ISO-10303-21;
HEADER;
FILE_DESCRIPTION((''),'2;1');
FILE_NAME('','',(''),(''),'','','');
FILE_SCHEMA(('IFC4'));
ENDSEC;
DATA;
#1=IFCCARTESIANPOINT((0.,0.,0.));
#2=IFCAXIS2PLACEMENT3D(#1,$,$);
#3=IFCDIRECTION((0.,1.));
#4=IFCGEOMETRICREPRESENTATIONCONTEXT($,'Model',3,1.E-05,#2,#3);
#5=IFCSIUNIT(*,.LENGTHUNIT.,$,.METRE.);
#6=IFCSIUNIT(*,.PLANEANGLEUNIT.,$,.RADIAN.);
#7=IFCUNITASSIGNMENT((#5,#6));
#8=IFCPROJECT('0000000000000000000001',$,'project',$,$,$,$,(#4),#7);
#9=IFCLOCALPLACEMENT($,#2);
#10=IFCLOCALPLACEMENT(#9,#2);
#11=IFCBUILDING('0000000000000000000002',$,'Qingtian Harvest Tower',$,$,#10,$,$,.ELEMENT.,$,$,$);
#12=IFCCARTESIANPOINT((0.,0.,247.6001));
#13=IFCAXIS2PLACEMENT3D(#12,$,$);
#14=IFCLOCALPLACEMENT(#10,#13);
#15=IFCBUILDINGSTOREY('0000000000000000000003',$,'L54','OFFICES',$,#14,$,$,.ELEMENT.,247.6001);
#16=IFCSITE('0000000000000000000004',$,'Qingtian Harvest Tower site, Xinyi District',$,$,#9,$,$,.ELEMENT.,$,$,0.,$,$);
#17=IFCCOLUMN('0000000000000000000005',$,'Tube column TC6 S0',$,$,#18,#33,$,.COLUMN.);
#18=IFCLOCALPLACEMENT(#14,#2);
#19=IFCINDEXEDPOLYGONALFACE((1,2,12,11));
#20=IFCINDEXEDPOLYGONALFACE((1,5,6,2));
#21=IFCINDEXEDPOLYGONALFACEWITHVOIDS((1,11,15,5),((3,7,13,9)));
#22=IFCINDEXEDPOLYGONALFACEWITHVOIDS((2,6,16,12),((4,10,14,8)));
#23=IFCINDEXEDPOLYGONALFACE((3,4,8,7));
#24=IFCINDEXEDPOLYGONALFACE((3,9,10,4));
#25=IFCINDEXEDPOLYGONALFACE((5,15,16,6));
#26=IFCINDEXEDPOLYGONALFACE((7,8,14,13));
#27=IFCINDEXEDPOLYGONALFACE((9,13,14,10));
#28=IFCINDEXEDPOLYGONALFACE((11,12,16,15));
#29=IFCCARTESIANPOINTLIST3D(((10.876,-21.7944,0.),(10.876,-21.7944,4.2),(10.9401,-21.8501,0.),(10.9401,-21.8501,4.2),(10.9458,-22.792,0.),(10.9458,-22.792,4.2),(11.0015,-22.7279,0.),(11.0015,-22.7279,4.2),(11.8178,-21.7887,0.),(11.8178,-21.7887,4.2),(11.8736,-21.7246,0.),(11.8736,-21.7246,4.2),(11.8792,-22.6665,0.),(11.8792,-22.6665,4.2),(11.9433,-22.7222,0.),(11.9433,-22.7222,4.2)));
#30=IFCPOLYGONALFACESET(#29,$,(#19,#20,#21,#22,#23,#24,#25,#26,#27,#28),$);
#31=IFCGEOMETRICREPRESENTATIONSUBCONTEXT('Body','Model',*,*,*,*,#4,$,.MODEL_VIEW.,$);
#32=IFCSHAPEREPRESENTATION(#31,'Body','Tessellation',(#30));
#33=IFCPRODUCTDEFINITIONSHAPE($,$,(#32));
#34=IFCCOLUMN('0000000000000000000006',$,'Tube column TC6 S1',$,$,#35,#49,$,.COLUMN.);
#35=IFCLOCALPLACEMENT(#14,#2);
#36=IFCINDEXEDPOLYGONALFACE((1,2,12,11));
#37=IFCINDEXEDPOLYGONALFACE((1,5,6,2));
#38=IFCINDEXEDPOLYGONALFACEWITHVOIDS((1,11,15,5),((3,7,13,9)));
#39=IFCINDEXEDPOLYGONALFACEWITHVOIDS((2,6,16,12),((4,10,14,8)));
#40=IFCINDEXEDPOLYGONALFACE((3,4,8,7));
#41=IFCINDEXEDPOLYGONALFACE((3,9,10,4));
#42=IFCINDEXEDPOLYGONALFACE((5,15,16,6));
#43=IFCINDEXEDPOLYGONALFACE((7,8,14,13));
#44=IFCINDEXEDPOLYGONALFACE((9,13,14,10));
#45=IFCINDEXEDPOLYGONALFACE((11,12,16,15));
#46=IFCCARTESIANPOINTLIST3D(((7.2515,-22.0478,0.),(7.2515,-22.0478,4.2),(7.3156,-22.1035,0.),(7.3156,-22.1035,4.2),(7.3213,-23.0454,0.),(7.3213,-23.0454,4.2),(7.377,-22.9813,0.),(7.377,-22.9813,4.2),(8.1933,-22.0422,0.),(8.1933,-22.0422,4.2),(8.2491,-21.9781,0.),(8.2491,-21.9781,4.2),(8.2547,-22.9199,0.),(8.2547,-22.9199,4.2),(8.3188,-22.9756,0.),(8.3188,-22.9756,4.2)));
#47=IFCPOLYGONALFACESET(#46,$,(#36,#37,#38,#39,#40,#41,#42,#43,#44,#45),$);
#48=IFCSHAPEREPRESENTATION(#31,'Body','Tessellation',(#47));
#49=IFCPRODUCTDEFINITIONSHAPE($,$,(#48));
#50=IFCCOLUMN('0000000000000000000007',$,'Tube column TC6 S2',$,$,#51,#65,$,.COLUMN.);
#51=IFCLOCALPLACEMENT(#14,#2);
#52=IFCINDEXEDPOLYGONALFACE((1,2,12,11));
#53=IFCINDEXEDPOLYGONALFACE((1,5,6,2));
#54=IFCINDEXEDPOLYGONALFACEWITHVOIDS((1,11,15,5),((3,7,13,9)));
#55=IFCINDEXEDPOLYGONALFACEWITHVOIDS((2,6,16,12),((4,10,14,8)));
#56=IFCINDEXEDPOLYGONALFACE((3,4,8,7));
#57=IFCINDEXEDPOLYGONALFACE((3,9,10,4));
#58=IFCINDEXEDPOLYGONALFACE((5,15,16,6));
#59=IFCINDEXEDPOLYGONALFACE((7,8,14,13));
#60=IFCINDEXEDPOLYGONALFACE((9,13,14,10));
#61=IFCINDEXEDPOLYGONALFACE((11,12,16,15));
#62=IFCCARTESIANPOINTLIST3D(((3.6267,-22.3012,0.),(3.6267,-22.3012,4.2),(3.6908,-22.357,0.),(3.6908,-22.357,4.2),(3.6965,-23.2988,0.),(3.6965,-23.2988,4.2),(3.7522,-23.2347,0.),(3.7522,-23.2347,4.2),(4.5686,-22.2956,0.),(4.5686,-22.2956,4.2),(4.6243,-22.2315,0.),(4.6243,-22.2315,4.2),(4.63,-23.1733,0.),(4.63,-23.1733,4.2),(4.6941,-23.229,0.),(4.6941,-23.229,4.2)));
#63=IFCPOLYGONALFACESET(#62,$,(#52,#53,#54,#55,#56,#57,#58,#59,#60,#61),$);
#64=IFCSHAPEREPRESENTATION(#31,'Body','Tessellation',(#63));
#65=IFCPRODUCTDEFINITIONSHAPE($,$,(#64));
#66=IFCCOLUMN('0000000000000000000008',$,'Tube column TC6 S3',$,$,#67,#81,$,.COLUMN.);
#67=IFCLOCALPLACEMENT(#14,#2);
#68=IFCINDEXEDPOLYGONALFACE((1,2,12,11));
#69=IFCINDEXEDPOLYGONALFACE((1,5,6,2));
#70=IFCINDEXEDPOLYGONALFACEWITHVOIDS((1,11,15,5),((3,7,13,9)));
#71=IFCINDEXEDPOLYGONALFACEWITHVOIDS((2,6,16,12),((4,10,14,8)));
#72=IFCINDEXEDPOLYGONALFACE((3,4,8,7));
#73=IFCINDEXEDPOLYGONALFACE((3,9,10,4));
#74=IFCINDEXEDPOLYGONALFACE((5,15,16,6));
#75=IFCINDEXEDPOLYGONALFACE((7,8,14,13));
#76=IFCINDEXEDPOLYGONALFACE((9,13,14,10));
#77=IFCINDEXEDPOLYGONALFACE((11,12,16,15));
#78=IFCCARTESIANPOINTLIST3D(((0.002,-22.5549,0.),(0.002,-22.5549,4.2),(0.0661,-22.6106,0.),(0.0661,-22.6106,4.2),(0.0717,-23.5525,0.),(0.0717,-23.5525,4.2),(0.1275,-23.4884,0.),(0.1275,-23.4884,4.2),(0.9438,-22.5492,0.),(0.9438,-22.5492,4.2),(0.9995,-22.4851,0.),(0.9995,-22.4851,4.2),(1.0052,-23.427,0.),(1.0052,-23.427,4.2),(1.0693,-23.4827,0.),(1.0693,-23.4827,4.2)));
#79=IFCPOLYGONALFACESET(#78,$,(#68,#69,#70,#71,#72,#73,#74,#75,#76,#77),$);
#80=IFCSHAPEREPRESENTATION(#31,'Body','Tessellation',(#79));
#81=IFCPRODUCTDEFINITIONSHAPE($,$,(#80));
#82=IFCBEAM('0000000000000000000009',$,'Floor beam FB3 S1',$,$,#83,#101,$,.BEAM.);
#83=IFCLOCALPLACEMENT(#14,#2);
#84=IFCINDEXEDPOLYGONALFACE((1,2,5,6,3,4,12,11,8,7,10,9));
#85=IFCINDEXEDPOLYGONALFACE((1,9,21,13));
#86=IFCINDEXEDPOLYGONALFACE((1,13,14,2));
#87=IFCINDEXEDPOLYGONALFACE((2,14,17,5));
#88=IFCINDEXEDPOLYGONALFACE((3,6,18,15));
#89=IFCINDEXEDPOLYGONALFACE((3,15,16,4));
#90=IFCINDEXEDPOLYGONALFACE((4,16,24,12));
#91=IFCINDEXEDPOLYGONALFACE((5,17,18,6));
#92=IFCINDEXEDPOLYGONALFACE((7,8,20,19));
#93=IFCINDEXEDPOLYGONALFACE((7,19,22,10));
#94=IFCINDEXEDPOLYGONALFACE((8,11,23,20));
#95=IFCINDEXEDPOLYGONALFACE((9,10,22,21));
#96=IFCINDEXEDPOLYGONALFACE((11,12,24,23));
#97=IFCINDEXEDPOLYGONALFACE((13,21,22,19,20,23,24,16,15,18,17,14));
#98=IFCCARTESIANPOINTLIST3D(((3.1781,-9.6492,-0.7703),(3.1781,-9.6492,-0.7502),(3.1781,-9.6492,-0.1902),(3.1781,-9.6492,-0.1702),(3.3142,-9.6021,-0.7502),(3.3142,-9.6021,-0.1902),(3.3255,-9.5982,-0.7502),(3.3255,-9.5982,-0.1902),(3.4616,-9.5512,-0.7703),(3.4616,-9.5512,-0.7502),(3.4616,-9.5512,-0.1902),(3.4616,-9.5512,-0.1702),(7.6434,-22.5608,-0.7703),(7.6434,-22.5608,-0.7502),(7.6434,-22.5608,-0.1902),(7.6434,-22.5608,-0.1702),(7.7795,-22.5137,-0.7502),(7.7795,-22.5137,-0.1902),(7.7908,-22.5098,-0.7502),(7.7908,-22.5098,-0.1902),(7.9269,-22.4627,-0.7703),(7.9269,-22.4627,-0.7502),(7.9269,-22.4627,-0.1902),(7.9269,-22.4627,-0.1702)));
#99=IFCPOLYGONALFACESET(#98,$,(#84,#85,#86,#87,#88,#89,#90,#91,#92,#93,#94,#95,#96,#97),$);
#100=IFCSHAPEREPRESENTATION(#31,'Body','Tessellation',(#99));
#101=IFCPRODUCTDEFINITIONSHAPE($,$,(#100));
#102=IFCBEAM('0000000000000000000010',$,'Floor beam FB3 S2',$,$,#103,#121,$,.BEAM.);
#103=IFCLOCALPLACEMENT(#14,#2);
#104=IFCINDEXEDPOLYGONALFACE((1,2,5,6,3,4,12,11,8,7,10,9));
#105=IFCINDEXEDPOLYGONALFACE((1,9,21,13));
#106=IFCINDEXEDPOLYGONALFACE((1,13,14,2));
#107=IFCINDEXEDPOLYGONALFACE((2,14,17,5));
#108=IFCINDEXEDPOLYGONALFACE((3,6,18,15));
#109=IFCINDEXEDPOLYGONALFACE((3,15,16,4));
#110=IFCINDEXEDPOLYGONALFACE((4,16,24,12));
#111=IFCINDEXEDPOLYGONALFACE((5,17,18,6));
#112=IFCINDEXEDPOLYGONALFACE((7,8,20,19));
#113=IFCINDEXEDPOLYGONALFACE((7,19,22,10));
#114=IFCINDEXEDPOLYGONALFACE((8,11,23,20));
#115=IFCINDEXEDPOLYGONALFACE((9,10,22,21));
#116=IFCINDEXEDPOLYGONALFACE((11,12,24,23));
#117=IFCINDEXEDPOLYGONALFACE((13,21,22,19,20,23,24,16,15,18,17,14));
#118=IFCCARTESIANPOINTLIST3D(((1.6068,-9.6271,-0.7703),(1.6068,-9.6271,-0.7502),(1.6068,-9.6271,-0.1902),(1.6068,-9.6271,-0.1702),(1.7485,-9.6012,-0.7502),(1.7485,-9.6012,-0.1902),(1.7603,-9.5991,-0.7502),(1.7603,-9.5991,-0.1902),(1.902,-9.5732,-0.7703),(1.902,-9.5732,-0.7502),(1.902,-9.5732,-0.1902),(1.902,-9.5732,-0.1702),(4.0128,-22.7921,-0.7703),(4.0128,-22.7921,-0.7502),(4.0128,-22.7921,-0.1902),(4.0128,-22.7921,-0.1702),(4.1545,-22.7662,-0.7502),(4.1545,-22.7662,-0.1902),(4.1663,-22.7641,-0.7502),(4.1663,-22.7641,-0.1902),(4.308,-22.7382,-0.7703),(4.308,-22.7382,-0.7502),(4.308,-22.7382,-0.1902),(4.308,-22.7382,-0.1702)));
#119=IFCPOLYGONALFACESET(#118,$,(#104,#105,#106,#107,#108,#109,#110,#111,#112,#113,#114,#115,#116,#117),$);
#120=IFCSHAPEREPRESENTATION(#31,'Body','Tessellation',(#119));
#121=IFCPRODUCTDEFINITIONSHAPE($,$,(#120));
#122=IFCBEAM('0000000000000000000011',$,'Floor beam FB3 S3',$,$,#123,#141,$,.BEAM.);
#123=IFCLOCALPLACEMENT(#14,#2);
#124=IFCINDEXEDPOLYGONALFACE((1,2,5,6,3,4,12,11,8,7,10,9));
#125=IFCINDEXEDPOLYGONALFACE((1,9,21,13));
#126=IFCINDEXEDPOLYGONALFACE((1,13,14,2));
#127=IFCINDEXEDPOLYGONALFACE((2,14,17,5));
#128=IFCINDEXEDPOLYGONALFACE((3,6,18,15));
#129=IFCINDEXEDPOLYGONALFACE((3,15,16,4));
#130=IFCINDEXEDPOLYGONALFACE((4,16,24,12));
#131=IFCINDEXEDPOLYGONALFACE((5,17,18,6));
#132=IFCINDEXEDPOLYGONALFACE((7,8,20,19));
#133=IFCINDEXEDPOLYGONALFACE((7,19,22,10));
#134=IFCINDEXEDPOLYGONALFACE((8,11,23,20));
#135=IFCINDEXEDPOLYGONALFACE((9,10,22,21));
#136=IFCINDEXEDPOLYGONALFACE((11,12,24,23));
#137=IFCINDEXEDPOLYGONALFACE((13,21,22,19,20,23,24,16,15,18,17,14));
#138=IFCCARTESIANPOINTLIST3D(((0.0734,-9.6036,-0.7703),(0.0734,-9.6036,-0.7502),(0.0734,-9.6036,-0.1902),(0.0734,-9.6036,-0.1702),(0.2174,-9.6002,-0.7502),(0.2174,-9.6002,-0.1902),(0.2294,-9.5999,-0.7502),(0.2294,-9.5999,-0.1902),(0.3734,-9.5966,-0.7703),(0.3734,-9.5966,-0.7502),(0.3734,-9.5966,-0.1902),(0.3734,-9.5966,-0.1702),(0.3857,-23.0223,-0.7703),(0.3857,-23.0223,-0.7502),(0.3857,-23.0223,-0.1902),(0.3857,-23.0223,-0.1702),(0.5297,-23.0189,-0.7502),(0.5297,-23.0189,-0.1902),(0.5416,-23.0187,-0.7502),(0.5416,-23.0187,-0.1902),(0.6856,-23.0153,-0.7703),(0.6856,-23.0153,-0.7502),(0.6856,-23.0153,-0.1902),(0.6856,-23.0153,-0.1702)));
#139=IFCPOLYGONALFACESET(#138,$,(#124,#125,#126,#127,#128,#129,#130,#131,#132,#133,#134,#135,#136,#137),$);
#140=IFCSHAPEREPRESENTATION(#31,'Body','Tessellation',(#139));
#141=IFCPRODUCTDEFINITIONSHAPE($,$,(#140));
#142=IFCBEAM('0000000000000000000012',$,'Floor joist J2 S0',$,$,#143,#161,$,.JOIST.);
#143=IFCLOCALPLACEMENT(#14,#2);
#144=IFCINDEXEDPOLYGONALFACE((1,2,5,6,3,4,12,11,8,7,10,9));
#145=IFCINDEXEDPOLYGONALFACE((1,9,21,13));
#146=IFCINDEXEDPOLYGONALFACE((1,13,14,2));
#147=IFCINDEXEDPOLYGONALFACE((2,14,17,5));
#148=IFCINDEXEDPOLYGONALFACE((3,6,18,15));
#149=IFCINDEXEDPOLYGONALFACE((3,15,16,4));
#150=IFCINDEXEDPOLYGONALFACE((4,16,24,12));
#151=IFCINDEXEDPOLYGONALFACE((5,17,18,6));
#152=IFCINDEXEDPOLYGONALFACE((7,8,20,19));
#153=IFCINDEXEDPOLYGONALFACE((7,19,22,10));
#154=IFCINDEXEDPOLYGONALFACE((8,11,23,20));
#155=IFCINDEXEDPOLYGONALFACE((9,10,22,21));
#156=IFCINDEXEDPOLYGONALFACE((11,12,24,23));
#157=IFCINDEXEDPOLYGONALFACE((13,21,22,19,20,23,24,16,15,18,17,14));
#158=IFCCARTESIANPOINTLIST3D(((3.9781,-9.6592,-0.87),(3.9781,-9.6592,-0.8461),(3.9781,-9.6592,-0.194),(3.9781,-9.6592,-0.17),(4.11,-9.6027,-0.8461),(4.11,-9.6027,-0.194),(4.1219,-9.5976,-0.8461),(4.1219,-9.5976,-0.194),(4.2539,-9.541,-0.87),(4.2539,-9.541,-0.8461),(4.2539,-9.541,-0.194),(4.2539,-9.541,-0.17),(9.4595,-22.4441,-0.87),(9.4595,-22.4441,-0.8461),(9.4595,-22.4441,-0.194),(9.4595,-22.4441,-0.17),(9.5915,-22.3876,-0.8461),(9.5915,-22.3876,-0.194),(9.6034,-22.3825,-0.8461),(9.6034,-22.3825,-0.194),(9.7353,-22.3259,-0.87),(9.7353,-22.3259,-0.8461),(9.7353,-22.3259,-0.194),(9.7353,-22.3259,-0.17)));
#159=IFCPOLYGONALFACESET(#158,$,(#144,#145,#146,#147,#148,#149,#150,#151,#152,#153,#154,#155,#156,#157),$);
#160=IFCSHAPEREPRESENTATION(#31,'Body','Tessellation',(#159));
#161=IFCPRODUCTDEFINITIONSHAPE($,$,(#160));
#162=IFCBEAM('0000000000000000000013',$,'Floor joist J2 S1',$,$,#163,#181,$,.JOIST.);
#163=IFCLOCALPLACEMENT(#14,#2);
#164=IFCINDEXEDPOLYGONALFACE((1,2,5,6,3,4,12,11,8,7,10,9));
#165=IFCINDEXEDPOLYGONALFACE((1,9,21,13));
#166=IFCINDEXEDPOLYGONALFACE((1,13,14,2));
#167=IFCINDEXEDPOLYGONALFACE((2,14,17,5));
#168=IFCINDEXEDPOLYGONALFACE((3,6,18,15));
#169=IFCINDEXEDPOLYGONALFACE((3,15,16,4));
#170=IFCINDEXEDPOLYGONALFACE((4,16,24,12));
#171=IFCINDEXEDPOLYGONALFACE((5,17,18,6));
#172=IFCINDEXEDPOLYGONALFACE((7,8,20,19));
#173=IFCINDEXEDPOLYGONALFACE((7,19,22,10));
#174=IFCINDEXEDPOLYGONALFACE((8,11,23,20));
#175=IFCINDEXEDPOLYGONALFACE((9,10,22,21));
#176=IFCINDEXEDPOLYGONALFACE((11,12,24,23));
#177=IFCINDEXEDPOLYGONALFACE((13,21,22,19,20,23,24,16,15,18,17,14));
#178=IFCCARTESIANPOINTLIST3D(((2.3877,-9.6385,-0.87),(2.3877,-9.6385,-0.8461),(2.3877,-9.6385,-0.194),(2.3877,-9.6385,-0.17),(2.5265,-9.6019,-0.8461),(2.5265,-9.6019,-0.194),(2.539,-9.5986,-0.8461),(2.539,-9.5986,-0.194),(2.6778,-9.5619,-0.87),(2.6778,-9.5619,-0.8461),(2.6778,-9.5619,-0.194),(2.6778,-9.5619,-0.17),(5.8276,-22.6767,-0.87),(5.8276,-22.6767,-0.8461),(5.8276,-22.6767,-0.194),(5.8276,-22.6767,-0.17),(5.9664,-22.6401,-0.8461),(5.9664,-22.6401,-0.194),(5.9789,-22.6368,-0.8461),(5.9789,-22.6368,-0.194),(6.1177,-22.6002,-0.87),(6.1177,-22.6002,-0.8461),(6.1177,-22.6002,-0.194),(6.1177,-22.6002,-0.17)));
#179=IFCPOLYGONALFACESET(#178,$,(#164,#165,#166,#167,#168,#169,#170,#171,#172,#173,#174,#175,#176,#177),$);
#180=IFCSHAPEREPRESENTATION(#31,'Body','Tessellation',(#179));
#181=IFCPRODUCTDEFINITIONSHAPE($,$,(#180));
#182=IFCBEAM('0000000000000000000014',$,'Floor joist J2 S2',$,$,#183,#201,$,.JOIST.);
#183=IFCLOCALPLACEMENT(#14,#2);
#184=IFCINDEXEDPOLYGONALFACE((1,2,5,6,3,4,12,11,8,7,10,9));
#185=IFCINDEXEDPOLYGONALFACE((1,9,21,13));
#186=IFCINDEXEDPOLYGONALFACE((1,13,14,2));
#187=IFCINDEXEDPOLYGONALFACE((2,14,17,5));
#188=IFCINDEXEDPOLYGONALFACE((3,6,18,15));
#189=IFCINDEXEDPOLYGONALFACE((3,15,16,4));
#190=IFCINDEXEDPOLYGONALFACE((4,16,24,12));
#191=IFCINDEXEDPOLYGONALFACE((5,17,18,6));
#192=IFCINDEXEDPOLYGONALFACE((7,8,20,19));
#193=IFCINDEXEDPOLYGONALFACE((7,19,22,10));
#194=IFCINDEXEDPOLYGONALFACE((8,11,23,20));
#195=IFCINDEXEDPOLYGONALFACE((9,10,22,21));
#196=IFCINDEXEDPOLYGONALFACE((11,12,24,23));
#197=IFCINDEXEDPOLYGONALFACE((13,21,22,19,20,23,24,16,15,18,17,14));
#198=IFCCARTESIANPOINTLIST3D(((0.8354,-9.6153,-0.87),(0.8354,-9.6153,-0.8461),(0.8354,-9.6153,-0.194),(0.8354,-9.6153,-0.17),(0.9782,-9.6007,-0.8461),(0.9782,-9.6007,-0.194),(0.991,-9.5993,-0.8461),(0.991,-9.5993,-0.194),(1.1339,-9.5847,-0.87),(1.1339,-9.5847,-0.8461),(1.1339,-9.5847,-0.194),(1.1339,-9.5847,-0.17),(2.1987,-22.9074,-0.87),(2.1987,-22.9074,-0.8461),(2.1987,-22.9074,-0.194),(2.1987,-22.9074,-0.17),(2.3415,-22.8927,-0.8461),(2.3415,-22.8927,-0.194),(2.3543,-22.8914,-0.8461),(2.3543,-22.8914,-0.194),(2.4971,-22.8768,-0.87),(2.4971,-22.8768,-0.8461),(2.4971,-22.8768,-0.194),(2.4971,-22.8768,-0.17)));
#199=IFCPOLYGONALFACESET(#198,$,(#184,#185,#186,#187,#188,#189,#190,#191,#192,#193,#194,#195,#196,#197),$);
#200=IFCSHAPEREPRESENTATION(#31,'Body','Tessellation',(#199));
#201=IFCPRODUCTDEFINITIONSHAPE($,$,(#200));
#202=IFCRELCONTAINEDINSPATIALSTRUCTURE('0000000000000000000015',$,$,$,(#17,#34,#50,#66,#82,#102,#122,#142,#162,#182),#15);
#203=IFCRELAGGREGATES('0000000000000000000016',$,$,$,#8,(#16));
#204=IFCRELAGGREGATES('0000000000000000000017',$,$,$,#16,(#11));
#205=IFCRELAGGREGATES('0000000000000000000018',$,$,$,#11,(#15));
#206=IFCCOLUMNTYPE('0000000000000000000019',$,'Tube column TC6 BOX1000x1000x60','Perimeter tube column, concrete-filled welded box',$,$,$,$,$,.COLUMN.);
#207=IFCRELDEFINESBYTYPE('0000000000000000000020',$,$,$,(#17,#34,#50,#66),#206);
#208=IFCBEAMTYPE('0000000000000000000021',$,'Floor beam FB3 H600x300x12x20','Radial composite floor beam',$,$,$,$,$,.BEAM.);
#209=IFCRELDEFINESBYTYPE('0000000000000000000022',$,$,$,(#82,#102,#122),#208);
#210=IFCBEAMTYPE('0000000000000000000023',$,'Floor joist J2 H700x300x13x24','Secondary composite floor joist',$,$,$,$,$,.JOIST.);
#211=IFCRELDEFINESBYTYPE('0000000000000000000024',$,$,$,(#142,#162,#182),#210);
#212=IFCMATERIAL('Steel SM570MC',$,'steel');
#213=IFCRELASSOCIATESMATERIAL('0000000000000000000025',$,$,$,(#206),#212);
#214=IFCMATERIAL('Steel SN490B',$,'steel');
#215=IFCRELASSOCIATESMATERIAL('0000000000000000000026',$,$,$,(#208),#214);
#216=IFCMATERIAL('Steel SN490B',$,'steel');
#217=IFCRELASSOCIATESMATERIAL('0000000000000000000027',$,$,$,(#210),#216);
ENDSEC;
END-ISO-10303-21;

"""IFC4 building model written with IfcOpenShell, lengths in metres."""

from ifc_helpers import new_model, si_unit, direction, frame, origin, origin_2d, place, context, subcontext, project, spatial, hollow_rectangle, i_section, extrude, material, material_profile, profile_set, type_object, element, save


model = new_model("IFC4")

# Units and contexts
model_context = context("Model", 3, precision=1e-05, world=origin(), true_north=direction((0.0, 1.0)))
body_context = subcontext(model_context, "Body", "Model", "MODEL_VIEW")
ifc_project = project(units=[si_unit("LENGTHUNIT", "METRE"), si_unit("PLANEANGLEUNIT", "RADIAN")], contexts=[model_context])

# Site, building, storey
site_placement = place(None, origin())
site = spatial("IfcSite", under=ifc_project, at=site_placement, Name="Qingtian Harvest Tower site, Xinyi District", CompositionType="ELEMENT", RefElevation=0.0)
building_placement = place(site_placement, origin())
building = spatial("IfcBuilding", under=site, at=building_placement, Name="Qingtian Harvest Tower", CompositionType="ELEMENT")
storey_placement = place(building_placement, frame((0.0, 0.0, 247.6001)))
storey = spatial("IfcBuildingStorey", under=building, at=storey_placement, Name="L54", Description="OFFICES", CompositionType="ELEMENT", Elevation=247.6001)

# Columns
ifc_material_1 = material(Name="Steel SM570MC", Category="steel")
ifc_material_profile_1 = material_profile(ifc_material_1, hollow_rectangle(XDim=1.0, YDim=1.0, WallThickness=0.0601, at=origin_2d()), Name="BOX1000x1000x60")
ifc_profile_set_1 = profile_set([ifc_material_profile_1], Name="Steel SM570MC")
column_type = type_object("IfcColumnType", Name="Tube column TC6 BOX1000x1000x60", Description="Perimeter tube column, concrete-filled welded box", PredefinedType="COLUMN", material=ifc_profile_set_1)
for number, where, z_axis, x_axis, name in (
    (1, (11.4097, -22.2583, 0.0), (0.0, 0.0, 1.0), (0.997564, 0.069756, 0.0), "Tube column TC6 S0"),
    (2, (7.7852, -22.5117, 0.0), (0.0, 0.0, 1.0), (0.997564, 0.069756, 0.0), "Tube column TC6 S1"),
    (3, (4.1604, -22.7651, 0.0), (0.0, 0.0, 1.0), (0.997564, 0.069756, 0.0), "Tube column TC6 S2"),
    (4, (0.5356, -23.0188, 0.0), (0.0, 0.0, 1.0), (0.997564, 0.069756, 0.0), "Tube column TC6 S3"),
):
    element("IfcColumn", number, at=place(storey_placement, frame(where, z_axis=z_axis, x_axis=x_axis)), inside=storey, type_object=column_type, Name=name, PredefinedType="COLUMN", context=body_context, shape_type="SweptSolid", body=[
        extrude(hollow_rectangle(XDim=1.0, YDim=1.0, WallThickness=0.0601, at=origin_2d()), origin(), (0.0, 0.0, 1.0), 4.2),
    ])

# Beams
ifc_material_2 = material(Name="Steel SN490B", Category="steel")
ifc_material_profile_2 = material_profile(ifc_material_2, i_section(OverallWidth=0.3, OverallDepth=0.6001, WebThickness=0.012, FlangeThickness=0.02, at=origin_2d()), Name="H600x300x12x20")
ifc_profile_set_2 = profile_set([ifc_material_profile_2], Name="Steel SN490B")
beam_type_1 = type_object("IfcBeamType", Name="Floor beam FB3 H600x300x12x20", Description="Radial composite floor beam", PredefinedType="BEAM", material=ifc_profile_set_2)
beam_1_placement = place(storey_placement, frame((7.7852, -22.5117, -0.4702), z_axis=(-0.326844, 0.945078, 0.0), x_axis=(-0.945078, -0.326844, 0.0)))
element("IfcBeam", 5, at=beam_1_placement, inside=storey, type_object=beam_type_1, Name="Floor beam FB3 S1", PredefinedType="BEAM", context=body_context, shape_type="SweptSolid", body=[
    extrude(i_section(OverallWidth=0.3, OverallDepth=0.6001, WebThickness=0.012, FlangeThickness=0.02, at=origin_2d()), origin(), (0.0, 0.0, 1.0), 13.6619),
])
beam_2_placement = place(storey_placement, frame((4.1604, -22.7651, -0.4702), z_axis=(-0.17978, 0.983707, 0.0), x_axis=(-0.983707, -0.17978, 0.0)))
element("IfcBeam", 6, at=beam_2_placement, inside=storey, type_object=beam_type_1, Name="Floor beam FB3 S2", PredefinedType="BEAM", context=body_context, shape_type="SweptSolid", body=[
    extrude(i_section(OverallWidth=0.3, OverallDepth=0.6001, WebThickness=0.012, FlangeThickness=0.02, at=origin_2d()), origin(), (0.0, 0.0, 1.0), 13.3831),
])
beam_3_placement = place(storey_placement, frame((0.5356, -23.0188, -0.4702), z_axis=(-0.023264, 0.999729, 0.0), x_axis=(-0.999729, -0.023264, 0.0)))
element("IfcBeam", 7, at=beam_3_placement, inside=storey, type_object=beam_type_1, Name="Floor beam FB3 S3", PredefinedType="BEAM", context=body_context, shape_type="SweptSolid", body=[
    extrude(i_section(OverallWidth=0.3, OverallDepth=0.6001, WebThickness=0.012, FlangeThickness=0.02, at=origin_2d()), origin(), (0.0, 0.0, 1.0), 13.4224),
])
ifc_material_3 = material(Name="Steel SN490B", Category="steel")
ifc_material_profile_3 = material_profile(ifc_material_3, i_section(OverallWidth=0.3, OverallDepth=0.7, WebThickness=0.0129, FlangeThickness=0.0239, at=origin_2d()), Name="H700x300x13x24")
ifc_profile_set_3 = profile_set([ifc_material_profile_3], Name="Steel SN490B")
beam_type_2 = type_object("IfcBeamType", Name="Floor joist J2 H700x300x13x24", Description="Secondary composite floor joist", PredefinedType="JOIST", material=ifc_profile_set_3)
beam_4_placement = place(storey_placement, frame((9.5974, -22.385, -0.52), z_axis=(-0.394053, 0.919088, 0.0), x_axis=(-0.919088, -0.394053, 0.0)))
element("IfcBeam", 8, at=beam_4_placement, inside=storey, type_object=beam_type_2, Name="Floor joist J2 S0", PredefinedType="JOIST", context=body_context, shape_type="SweptSolid", body=[
    extrude(i_section(OverallWidth=0.3, OverallDepth=0.7, WebThickness=0.0129, FlangeThickness=0.0239, at=origin_2d()), origin(), (0.0, 0.0, 1.0), 13.9104),
])
beam_5_placement = place(storey_placement, frame((5.9727, -22.6384, -0.52), z_axis=(-0.255104, 0.966914, 0.0), x_axis=(-0.966914, -0.255104, 0.0)))
element("IfcBeam", 9, at=beam_5_placement, inside=storey, type_object=beam_type_2, Name="Floor joist J2 S1", PredefinedType="JOIST", context=body_context, shape_type="SweptSolid", body=[
    extrude(i_section(OverallWidth=0.3, OverallDepth=0.7, WebThickness=0.0129, FlangeThickness=0.0239, at=origin_2d()), origin(), (0.0, 0.0, 1.0), 13.4844),
])
beam_6_placement = place(storey_placement, frame((2.3479, -22.8921, -0.52), z_axis=(-0.102029, 0.994781, 0.0), x_axis=(-0.994781, -0.102029, 0.0)))
element("IfcBeam", 10, at=beam_6_placement, inside=storey, type_object=beam_type_2, Name="Floor joist J2 S2", PredefinedType="JOIST", context=body_context, shape_type="SweptSolid", body=[
    extrude(i_section(OverallWidth=0.3, OverallDepth=0.7, WebThickness=0.0129, FlangeThickness=0.0239, at=origin_2d()), origin(), (0.0, 0.0, 1.0), 13.3618),
])

save(model, "model.ifc")
